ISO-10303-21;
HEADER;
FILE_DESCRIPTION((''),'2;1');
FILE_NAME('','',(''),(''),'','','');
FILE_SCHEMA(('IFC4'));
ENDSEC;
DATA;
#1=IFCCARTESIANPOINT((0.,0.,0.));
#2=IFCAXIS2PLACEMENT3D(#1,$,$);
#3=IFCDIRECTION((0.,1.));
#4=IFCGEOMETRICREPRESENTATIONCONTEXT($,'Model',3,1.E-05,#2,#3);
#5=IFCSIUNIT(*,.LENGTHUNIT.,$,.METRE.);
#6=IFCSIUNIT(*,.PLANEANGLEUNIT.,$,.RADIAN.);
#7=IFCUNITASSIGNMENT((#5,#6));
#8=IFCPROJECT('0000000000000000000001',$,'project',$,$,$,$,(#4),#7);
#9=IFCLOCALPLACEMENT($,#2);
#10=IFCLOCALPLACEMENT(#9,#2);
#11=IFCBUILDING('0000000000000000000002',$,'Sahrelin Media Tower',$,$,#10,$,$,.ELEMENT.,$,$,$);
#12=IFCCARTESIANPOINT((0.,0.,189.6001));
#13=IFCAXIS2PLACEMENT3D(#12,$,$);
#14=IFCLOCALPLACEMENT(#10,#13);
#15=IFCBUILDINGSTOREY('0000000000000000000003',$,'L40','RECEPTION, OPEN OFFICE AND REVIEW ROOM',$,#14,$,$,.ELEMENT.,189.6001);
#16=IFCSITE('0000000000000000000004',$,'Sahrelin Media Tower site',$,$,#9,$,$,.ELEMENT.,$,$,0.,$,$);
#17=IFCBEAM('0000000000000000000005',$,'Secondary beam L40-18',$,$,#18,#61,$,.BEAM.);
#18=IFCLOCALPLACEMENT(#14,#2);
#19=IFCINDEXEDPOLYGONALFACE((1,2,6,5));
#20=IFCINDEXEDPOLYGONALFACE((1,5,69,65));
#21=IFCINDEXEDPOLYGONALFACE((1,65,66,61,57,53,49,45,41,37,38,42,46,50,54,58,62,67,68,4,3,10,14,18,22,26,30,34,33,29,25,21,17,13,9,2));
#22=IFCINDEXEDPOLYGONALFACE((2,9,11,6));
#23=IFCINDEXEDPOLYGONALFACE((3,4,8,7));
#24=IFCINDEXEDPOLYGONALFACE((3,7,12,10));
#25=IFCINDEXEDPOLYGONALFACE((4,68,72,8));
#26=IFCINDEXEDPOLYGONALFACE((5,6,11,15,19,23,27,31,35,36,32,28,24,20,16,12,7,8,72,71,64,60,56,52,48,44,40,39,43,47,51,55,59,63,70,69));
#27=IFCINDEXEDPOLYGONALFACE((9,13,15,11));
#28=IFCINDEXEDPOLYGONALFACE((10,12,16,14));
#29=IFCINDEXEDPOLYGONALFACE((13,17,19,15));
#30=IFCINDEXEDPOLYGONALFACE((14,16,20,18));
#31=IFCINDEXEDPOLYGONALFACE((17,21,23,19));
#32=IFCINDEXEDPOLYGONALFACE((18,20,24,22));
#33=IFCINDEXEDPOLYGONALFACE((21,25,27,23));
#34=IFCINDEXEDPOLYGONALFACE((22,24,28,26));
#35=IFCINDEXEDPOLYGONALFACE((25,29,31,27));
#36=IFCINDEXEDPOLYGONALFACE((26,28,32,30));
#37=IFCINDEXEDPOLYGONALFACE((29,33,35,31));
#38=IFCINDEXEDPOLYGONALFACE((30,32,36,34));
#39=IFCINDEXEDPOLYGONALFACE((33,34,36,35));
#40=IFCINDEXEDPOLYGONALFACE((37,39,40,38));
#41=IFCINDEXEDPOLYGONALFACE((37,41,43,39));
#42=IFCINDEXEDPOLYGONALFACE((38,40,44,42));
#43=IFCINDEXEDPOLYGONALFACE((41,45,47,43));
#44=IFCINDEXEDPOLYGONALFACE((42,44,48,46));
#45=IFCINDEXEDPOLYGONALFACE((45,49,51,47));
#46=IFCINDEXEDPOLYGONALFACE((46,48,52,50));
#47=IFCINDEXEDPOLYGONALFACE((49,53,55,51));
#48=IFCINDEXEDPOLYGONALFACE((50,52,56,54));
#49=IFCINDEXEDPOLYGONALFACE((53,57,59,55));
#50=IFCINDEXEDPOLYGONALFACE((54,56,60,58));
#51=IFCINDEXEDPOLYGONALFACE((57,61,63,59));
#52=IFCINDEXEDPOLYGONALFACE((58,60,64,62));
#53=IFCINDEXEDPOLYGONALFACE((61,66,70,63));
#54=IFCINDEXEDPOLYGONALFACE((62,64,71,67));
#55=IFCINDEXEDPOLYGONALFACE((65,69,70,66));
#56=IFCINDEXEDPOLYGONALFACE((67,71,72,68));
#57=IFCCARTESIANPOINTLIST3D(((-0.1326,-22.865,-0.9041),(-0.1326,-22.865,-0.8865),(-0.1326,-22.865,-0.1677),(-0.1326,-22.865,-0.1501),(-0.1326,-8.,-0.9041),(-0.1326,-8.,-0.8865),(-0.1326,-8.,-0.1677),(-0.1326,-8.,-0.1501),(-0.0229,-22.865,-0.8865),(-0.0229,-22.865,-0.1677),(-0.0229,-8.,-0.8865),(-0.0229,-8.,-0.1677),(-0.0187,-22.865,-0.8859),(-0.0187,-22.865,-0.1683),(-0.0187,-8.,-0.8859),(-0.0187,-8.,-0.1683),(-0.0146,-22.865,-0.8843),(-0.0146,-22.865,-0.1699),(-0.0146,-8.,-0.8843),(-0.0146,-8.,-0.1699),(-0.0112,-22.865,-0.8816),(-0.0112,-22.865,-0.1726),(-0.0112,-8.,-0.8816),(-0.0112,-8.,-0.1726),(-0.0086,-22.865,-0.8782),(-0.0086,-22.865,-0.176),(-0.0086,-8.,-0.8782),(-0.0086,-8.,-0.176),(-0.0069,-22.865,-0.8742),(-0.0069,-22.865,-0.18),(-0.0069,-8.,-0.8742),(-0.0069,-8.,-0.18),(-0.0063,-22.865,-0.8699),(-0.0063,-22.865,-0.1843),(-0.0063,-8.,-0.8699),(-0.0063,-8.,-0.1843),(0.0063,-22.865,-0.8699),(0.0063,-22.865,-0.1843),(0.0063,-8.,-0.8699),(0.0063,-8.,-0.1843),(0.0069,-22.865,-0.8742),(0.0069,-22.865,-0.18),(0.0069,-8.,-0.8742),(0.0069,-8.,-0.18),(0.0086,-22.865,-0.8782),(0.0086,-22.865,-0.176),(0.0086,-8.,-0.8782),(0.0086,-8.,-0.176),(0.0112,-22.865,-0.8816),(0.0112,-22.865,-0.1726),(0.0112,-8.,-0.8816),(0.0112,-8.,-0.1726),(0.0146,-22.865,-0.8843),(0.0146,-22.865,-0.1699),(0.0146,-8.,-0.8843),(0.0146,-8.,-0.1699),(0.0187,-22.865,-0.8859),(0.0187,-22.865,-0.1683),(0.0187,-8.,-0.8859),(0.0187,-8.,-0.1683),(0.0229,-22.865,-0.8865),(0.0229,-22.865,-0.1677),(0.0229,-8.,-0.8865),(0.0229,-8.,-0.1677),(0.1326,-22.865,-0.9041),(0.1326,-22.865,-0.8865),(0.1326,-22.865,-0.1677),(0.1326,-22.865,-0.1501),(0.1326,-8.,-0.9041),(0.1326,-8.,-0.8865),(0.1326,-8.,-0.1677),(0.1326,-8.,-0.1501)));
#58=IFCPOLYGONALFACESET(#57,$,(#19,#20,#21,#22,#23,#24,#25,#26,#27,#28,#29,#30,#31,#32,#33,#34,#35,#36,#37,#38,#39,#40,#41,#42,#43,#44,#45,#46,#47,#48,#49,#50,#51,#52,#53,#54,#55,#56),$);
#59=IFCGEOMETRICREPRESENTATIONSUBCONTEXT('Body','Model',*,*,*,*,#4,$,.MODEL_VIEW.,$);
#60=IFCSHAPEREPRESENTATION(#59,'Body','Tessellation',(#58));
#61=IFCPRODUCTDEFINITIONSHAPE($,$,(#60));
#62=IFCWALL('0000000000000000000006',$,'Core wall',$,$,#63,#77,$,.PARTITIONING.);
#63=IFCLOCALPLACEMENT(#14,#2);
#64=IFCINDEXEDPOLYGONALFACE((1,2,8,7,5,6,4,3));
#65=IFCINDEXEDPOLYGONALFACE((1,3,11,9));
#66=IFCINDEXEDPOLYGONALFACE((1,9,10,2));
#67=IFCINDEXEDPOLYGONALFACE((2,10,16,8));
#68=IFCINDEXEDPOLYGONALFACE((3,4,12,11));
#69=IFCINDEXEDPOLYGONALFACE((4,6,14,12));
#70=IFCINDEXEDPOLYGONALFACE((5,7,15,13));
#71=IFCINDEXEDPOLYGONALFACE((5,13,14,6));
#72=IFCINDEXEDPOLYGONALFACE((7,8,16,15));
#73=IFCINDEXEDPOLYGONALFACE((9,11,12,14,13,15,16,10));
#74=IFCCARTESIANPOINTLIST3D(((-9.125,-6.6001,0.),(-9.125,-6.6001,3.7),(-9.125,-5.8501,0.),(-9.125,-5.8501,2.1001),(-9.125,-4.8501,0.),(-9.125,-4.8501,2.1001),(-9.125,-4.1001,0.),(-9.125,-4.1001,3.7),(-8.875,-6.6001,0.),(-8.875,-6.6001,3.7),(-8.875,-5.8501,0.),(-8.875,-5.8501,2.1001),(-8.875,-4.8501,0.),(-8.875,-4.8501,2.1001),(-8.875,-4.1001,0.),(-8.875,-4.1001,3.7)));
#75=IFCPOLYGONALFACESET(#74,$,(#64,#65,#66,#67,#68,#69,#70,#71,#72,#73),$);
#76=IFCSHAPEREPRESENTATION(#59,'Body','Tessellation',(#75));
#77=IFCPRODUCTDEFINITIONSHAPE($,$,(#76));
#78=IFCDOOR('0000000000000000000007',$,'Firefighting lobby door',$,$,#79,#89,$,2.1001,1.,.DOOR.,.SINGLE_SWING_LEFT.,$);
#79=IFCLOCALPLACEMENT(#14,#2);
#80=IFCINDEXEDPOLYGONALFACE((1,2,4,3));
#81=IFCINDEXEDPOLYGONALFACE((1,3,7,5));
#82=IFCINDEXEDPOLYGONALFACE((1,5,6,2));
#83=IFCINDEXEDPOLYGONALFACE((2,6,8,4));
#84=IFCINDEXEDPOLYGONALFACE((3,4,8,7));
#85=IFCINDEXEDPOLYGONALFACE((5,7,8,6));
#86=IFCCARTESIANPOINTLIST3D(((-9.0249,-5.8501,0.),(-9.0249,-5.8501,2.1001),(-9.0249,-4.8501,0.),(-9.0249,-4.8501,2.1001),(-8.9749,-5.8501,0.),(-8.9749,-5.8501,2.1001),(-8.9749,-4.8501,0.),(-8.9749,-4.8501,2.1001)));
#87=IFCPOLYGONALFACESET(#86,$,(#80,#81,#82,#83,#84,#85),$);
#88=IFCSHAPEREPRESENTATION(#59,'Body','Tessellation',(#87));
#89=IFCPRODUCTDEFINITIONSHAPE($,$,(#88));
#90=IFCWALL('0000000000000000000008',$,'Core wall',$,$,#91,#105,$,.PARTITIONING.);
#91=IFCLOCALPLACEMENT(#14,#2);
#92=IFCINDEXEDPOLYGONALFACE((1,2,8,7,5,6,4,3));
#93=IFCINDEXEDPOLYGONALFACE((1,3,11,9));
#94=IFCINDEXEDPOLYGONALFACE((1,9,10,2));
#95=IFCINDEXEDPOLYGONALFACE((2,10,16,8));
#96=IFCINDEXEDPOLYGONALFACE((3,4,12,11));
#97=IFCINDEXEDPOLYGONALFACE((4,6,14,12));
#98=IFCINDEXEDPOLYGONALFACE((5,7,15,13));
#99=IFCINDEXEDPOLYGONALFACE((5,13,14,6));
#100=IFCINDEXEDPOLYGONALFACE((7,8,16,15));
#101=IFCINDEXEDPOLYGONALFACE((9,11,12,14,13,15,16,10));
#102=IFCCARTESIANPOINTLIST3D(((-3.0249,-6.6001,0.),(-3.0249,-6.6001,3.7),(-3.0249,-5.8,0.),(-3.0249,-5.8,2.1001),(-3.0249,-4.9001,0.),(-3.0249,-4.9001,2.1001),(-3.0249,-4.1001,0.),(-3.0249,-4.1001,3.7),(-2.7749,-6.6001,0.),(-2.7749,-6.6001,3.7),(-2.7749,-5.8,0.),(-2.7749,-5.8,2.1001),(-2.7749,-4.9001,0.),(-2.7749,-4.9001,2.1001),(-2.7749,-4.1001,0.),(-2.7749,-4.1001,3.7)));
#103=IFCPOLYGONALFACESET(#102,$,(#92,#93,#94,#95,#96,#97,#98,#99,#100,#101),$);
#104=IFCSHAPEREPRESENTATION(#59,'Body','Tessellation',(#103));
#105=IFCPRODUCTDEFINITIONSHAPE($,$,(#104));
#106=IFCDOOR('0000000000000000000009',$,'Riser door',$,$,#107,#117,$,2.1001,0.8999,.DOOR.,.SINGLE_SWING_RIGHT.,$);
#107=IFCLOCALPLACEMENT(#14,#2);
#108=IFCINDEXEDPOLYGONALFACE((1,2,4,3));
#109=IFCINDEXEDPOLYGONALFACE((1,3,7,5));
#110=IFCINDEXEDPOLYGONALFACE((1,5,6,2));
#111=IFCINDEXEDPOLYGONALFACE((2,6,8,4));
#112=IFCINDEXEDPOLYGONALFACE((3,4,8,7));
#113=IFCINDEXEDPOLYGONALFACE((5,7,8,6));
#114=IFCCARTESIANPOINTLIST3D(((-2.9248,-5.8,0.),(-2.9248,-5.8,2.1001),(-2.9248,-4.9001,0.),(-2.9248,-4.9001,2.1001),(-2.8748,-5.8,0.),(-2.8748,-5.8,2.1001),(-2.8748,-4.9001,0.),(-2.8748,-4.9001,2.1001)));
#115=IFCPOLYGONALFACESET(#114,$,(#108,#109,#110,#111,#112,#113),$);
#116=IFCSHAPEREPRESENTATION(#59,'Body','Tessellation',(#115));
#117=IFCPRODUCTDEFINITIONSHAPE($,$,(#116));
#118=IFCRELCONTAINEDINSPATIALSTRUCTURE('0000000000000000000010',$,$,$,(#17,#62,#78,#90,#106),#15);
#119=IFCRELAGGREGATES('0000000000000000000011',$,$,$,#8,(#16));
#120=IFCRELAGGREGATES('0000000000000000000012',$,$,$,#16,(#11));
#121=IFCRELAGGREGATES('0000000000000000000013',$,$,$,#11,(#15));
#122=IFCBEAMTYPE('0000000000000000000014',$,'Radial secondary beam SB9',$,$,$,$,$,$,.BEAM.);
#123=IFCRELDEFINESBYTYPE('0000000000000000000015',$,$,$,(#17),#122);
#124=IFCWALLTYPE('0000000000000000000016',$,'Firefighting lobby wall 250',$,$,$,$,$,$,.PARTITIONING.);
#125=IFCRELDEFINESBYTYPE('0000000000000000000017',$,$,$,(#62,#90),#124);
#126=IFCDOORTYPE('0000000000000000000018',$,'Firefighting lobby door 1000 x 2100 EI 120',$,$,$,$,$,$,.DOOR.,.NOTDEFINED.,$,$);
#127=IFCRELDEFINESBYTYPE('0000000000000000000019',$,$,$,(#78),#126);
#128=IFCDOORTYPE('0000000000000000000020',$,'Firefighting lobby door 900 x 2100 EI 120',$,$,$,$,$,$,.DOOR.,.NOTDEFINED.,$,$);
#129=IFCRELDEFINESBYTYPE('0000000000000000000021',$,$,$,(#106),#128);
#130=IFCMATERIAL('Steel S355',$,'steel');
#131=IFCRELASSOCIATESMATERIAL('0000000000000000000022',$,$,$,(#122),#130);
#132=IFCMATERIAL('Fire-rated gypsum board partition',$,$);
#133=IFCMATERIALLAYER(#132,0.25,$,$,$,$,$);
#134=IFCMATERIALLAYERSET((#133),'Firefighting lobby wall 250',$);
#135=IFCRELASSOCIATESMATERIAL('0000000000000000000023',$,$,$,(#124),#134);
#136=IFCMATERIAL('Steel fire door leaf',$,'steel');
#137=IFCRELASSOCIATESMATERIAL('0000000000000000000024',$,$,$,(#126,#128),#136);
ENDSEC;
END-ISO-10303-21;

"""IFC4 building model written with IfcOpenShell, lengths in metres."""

from ifc_helpers import new_model, si_unit, direction, frame, frame_2d, origin, origin_2d, place, context, subcontext, project, spatial, rectangle, i_section, extrude, material, layer, layer_set, material_profile, profile_set, type_object, element, fill, save


model = new_model("IFC4")

# Units and contexts
model_context = context("Model", 3, precision=1e-05, world=origin(), true_north=direction((0.0, 1.0)))
body_context = subcontext(model_context, "Body", "Model", "MODEL_VIEW")
ifc_project = project(units=[si_unit("LENGTHUNIT", "METRE"), si_unit("PLANEANGLEUNIT", "RADIAN")], contexts=[model_context])

# Site, building, storey
site_placement = place(None, origin())
site = spatial("IfcSite", under=ifc_project, at=site_placement, Name="Sahrelin Media Tower site", CompositionType="ELEMENT", RefElevation=0.0)
building_placement = place(site_placement, origin())
building = spatial("IfcBuilding", under=site, at=building_placement, Name="Sahrelin Media Tower", CompositionType="ELEMENT")
storey_placement = place(building_placement, frame((0.0, 0.0, 189.6001)))
storey = spatial("IfcBuildingStorey", under=building, at=storey_placement, Name="L40", Description="RECEPTION, OPEN OFFICE AND REVIEW ROOM", CompositionType="ELEMENT", Elevation=189.6001)

# Beam
ifc_material_1 = material(Name="Steel S355", Category="steel")
ifc_material_profile_1 = material_profile(ifc_material_1, i_section(OverallWidth=0.2651, OverallDepth=0.7539, WebThickness=0.0127, FlangeThickness=0.0176, FilletRadius=0.0166, at=origin_2d()), Name="UB 762x267x147")
ifc_profile_set_1 = profile_set([ifc_material_profile_1], Name="Steel S355")
beam_type_1 = type_object("IfcBeamType", Name="Radial secondary beam SB9", PredefinedType="BEAM", material=ifc_profile_set_1)
beam_1_placement = place(storey_placement, frame((0.0, -8.0, -0.5271), z_axis=(0.0, -1.0, 0.0), x_axis=(1.0, 0.0, 0.0)))
element("IfcBeam", 1, at=beam_1_placement, inside=storey, type_object=beam_type_1, Name="Secondary beam L40-18", PredefinedType="BEAM", context=body_context, shape_type="SweptSolid", body=[
    extrude(i_section(OverallWidth=0.2651, OverallDepth=0.7539, WebThickness=0.0127, FlangeThickness=0.0176, FilletRadius=0.0166, at=origin_2d()), origin(), (0.0, 0.0, 1.0), 14.865),
])

# Walls, openings, doors
ifc_material_2 = material(Name="Fire-rated gypsum board partition")
ifc_layer_1 = layer(ifc_material_2, 0.25)
ifc_layer_set_1 = layer_set([ifc_layer_1], Name="Firefighting lobby wall 250")
wall_type_1 = type_object("IfcWallType", Name="Firefighting lobby wall 250", PredefinedType="PARTITIONING", material=ifc_layer_set_1)
wall_1_placement = place(storey_placement, frame((-9.0, -6.6001, 0.0), z_axis=(0.0, 0.0, 1.0), x_axis=(0.0, 1.0, 0.0)))
wall_1 = element("IfcWall", 2, at=wall_1_placement, inside=storey, type_object=wall_type_1, Name="Core wall", PredefinedType="PARTITIONING", context=body_context, shape_type="SweptSolid", body=[
    extrude(rectangle(XDim=2.5, YDim=0.25, at=frame_2d((1.25, 0.0))), origin(), (0.0, 0.0, 1.0), 3.7),
])
opening_1_placement = place(wall_1_placement, frame((0.75, 0.0, 0.0)))
opening_1 = element("IfcOpeningElement", 3, at=opening_1_placement, cuts=wall_1, PredefinedType="OPENING", context=body_context, shape_type="SweptSolid", body=[
    extrude(rectangle(XDim=1.0, YDim=2.1001, at=frame_2d((0.5, 1.05))), frame((0.0, 0.125, 0.0), z_axis=(0.0, -1.0, 0.0), x_axis=(1.0, 0.0, 0.0)), (0.0, 0.0, 1.0), 0.25),
])
ifc_material_3 = material(Name="Steel fire door leaf", Category="steel")
door_type_1 = type_object("IfcDoorType", Name="Firefighting lobby door 1000 x 2100 EI 120", OperationType="NOTDEFINED", PredefinedType="DOOR", material=ifc_material_3)
door_1_placement = place(opening_1_placement, origin())
door_1 = element("IfcDoor", 4, at=door_1_placement, inside=storey, type_object=door_type_1, Name="Firefighting lobby door", OperationType="SINGLE_SWING_LEFT", OverallHeight=2.1001, OverallWidth=1.0, PredefinedType="DOOR", context=body_context, shape_type="SweptSolid", body=[
    extrude(rectangle(XDim=1.0, YDim=2.1001, at=frame_2d((0.5, 1.05))), frame((0.0, 0.0249, 0.0), z_axis=(0.0, -1.0, 0.0), x_axis=(1.0, 0.0, 0.0)), (0.0, 0.0, 1.0), 0.05),
])
fill(opening_1, door_1)
wall_2_placement = place(storey_placement, frame((-2.8999, -6.6001, 0.0), z_axis=(0.0, 0.0, 1.0), x_axis=(0.0, 1.0, 0.0)))
wall_2 = element("IfcWall", 5, at=wall_2_placement, inside=storey, type_object=wall_type_1, Name="Core wall", PredefinedType="PARTITIONING", context=body_context, shape_type="SweptSolid", body=[
    extrude(rectangle(XDim=2.5, YDim=0.25, at=frame_2d((1.25, 0.0))), origin(), (0.0, 0.0, 1.0), 3.7),
])
opening_2_placement = place(wall_2_placement, frame((0.8, 0.0, 0.0)))
opening_2 = element("IfcOpeningElement", 6, at=opening_2_placement, cuts=wall_2, PredefinedType="OPENING", context=body_context, shape_type="SweptSolid", body=[
    extrude(rectangle(XDim=0.8999, YDim=2.1001, at=frame_2d((0.45, 1.05))), frame((0.0, 0.125, 0.0), z_axis=(0.0, -1.0, 0.0), x_axis=(1.0, 0.0, 0.0)), (0.0, 0.0, 1.0), 0.25),
])
door_type_2 = type_object("IfcDoorType", Name="Firefighting lobby door 900 x 2100 EI 120", OperationType="NOTDEFINED", PredefinedType="DOOR", material=ifc_material_3)
door_2_placement = place(opening_2_placement, origin())
door_2 = element("IfcDoor", 7, at=door_2_placement, inside=storey, type_object=door_type_2, Name="Riser door", OperationType="SINGLE_SWING_RIGHT", OverallHeight=2.1001, OverallWidth=0.8999, PredefinedType="DOOR", context=body_context, shape_type="SweptSolid", body=[
    extrude(rectangle(XDim=0.8999, YDim=2.1001, at=frame_2d((0.45, 1.05))), frame((0.0, 0.0249, 0.0), z_axis=(0.0, -1.0, 0.0), x_axis=(1.0, 0.0, 0.0)), (0.0, 0.0, 1.0), 0.05),
])
fill(opening_2, door_2)

save(model, "model.ifc")
